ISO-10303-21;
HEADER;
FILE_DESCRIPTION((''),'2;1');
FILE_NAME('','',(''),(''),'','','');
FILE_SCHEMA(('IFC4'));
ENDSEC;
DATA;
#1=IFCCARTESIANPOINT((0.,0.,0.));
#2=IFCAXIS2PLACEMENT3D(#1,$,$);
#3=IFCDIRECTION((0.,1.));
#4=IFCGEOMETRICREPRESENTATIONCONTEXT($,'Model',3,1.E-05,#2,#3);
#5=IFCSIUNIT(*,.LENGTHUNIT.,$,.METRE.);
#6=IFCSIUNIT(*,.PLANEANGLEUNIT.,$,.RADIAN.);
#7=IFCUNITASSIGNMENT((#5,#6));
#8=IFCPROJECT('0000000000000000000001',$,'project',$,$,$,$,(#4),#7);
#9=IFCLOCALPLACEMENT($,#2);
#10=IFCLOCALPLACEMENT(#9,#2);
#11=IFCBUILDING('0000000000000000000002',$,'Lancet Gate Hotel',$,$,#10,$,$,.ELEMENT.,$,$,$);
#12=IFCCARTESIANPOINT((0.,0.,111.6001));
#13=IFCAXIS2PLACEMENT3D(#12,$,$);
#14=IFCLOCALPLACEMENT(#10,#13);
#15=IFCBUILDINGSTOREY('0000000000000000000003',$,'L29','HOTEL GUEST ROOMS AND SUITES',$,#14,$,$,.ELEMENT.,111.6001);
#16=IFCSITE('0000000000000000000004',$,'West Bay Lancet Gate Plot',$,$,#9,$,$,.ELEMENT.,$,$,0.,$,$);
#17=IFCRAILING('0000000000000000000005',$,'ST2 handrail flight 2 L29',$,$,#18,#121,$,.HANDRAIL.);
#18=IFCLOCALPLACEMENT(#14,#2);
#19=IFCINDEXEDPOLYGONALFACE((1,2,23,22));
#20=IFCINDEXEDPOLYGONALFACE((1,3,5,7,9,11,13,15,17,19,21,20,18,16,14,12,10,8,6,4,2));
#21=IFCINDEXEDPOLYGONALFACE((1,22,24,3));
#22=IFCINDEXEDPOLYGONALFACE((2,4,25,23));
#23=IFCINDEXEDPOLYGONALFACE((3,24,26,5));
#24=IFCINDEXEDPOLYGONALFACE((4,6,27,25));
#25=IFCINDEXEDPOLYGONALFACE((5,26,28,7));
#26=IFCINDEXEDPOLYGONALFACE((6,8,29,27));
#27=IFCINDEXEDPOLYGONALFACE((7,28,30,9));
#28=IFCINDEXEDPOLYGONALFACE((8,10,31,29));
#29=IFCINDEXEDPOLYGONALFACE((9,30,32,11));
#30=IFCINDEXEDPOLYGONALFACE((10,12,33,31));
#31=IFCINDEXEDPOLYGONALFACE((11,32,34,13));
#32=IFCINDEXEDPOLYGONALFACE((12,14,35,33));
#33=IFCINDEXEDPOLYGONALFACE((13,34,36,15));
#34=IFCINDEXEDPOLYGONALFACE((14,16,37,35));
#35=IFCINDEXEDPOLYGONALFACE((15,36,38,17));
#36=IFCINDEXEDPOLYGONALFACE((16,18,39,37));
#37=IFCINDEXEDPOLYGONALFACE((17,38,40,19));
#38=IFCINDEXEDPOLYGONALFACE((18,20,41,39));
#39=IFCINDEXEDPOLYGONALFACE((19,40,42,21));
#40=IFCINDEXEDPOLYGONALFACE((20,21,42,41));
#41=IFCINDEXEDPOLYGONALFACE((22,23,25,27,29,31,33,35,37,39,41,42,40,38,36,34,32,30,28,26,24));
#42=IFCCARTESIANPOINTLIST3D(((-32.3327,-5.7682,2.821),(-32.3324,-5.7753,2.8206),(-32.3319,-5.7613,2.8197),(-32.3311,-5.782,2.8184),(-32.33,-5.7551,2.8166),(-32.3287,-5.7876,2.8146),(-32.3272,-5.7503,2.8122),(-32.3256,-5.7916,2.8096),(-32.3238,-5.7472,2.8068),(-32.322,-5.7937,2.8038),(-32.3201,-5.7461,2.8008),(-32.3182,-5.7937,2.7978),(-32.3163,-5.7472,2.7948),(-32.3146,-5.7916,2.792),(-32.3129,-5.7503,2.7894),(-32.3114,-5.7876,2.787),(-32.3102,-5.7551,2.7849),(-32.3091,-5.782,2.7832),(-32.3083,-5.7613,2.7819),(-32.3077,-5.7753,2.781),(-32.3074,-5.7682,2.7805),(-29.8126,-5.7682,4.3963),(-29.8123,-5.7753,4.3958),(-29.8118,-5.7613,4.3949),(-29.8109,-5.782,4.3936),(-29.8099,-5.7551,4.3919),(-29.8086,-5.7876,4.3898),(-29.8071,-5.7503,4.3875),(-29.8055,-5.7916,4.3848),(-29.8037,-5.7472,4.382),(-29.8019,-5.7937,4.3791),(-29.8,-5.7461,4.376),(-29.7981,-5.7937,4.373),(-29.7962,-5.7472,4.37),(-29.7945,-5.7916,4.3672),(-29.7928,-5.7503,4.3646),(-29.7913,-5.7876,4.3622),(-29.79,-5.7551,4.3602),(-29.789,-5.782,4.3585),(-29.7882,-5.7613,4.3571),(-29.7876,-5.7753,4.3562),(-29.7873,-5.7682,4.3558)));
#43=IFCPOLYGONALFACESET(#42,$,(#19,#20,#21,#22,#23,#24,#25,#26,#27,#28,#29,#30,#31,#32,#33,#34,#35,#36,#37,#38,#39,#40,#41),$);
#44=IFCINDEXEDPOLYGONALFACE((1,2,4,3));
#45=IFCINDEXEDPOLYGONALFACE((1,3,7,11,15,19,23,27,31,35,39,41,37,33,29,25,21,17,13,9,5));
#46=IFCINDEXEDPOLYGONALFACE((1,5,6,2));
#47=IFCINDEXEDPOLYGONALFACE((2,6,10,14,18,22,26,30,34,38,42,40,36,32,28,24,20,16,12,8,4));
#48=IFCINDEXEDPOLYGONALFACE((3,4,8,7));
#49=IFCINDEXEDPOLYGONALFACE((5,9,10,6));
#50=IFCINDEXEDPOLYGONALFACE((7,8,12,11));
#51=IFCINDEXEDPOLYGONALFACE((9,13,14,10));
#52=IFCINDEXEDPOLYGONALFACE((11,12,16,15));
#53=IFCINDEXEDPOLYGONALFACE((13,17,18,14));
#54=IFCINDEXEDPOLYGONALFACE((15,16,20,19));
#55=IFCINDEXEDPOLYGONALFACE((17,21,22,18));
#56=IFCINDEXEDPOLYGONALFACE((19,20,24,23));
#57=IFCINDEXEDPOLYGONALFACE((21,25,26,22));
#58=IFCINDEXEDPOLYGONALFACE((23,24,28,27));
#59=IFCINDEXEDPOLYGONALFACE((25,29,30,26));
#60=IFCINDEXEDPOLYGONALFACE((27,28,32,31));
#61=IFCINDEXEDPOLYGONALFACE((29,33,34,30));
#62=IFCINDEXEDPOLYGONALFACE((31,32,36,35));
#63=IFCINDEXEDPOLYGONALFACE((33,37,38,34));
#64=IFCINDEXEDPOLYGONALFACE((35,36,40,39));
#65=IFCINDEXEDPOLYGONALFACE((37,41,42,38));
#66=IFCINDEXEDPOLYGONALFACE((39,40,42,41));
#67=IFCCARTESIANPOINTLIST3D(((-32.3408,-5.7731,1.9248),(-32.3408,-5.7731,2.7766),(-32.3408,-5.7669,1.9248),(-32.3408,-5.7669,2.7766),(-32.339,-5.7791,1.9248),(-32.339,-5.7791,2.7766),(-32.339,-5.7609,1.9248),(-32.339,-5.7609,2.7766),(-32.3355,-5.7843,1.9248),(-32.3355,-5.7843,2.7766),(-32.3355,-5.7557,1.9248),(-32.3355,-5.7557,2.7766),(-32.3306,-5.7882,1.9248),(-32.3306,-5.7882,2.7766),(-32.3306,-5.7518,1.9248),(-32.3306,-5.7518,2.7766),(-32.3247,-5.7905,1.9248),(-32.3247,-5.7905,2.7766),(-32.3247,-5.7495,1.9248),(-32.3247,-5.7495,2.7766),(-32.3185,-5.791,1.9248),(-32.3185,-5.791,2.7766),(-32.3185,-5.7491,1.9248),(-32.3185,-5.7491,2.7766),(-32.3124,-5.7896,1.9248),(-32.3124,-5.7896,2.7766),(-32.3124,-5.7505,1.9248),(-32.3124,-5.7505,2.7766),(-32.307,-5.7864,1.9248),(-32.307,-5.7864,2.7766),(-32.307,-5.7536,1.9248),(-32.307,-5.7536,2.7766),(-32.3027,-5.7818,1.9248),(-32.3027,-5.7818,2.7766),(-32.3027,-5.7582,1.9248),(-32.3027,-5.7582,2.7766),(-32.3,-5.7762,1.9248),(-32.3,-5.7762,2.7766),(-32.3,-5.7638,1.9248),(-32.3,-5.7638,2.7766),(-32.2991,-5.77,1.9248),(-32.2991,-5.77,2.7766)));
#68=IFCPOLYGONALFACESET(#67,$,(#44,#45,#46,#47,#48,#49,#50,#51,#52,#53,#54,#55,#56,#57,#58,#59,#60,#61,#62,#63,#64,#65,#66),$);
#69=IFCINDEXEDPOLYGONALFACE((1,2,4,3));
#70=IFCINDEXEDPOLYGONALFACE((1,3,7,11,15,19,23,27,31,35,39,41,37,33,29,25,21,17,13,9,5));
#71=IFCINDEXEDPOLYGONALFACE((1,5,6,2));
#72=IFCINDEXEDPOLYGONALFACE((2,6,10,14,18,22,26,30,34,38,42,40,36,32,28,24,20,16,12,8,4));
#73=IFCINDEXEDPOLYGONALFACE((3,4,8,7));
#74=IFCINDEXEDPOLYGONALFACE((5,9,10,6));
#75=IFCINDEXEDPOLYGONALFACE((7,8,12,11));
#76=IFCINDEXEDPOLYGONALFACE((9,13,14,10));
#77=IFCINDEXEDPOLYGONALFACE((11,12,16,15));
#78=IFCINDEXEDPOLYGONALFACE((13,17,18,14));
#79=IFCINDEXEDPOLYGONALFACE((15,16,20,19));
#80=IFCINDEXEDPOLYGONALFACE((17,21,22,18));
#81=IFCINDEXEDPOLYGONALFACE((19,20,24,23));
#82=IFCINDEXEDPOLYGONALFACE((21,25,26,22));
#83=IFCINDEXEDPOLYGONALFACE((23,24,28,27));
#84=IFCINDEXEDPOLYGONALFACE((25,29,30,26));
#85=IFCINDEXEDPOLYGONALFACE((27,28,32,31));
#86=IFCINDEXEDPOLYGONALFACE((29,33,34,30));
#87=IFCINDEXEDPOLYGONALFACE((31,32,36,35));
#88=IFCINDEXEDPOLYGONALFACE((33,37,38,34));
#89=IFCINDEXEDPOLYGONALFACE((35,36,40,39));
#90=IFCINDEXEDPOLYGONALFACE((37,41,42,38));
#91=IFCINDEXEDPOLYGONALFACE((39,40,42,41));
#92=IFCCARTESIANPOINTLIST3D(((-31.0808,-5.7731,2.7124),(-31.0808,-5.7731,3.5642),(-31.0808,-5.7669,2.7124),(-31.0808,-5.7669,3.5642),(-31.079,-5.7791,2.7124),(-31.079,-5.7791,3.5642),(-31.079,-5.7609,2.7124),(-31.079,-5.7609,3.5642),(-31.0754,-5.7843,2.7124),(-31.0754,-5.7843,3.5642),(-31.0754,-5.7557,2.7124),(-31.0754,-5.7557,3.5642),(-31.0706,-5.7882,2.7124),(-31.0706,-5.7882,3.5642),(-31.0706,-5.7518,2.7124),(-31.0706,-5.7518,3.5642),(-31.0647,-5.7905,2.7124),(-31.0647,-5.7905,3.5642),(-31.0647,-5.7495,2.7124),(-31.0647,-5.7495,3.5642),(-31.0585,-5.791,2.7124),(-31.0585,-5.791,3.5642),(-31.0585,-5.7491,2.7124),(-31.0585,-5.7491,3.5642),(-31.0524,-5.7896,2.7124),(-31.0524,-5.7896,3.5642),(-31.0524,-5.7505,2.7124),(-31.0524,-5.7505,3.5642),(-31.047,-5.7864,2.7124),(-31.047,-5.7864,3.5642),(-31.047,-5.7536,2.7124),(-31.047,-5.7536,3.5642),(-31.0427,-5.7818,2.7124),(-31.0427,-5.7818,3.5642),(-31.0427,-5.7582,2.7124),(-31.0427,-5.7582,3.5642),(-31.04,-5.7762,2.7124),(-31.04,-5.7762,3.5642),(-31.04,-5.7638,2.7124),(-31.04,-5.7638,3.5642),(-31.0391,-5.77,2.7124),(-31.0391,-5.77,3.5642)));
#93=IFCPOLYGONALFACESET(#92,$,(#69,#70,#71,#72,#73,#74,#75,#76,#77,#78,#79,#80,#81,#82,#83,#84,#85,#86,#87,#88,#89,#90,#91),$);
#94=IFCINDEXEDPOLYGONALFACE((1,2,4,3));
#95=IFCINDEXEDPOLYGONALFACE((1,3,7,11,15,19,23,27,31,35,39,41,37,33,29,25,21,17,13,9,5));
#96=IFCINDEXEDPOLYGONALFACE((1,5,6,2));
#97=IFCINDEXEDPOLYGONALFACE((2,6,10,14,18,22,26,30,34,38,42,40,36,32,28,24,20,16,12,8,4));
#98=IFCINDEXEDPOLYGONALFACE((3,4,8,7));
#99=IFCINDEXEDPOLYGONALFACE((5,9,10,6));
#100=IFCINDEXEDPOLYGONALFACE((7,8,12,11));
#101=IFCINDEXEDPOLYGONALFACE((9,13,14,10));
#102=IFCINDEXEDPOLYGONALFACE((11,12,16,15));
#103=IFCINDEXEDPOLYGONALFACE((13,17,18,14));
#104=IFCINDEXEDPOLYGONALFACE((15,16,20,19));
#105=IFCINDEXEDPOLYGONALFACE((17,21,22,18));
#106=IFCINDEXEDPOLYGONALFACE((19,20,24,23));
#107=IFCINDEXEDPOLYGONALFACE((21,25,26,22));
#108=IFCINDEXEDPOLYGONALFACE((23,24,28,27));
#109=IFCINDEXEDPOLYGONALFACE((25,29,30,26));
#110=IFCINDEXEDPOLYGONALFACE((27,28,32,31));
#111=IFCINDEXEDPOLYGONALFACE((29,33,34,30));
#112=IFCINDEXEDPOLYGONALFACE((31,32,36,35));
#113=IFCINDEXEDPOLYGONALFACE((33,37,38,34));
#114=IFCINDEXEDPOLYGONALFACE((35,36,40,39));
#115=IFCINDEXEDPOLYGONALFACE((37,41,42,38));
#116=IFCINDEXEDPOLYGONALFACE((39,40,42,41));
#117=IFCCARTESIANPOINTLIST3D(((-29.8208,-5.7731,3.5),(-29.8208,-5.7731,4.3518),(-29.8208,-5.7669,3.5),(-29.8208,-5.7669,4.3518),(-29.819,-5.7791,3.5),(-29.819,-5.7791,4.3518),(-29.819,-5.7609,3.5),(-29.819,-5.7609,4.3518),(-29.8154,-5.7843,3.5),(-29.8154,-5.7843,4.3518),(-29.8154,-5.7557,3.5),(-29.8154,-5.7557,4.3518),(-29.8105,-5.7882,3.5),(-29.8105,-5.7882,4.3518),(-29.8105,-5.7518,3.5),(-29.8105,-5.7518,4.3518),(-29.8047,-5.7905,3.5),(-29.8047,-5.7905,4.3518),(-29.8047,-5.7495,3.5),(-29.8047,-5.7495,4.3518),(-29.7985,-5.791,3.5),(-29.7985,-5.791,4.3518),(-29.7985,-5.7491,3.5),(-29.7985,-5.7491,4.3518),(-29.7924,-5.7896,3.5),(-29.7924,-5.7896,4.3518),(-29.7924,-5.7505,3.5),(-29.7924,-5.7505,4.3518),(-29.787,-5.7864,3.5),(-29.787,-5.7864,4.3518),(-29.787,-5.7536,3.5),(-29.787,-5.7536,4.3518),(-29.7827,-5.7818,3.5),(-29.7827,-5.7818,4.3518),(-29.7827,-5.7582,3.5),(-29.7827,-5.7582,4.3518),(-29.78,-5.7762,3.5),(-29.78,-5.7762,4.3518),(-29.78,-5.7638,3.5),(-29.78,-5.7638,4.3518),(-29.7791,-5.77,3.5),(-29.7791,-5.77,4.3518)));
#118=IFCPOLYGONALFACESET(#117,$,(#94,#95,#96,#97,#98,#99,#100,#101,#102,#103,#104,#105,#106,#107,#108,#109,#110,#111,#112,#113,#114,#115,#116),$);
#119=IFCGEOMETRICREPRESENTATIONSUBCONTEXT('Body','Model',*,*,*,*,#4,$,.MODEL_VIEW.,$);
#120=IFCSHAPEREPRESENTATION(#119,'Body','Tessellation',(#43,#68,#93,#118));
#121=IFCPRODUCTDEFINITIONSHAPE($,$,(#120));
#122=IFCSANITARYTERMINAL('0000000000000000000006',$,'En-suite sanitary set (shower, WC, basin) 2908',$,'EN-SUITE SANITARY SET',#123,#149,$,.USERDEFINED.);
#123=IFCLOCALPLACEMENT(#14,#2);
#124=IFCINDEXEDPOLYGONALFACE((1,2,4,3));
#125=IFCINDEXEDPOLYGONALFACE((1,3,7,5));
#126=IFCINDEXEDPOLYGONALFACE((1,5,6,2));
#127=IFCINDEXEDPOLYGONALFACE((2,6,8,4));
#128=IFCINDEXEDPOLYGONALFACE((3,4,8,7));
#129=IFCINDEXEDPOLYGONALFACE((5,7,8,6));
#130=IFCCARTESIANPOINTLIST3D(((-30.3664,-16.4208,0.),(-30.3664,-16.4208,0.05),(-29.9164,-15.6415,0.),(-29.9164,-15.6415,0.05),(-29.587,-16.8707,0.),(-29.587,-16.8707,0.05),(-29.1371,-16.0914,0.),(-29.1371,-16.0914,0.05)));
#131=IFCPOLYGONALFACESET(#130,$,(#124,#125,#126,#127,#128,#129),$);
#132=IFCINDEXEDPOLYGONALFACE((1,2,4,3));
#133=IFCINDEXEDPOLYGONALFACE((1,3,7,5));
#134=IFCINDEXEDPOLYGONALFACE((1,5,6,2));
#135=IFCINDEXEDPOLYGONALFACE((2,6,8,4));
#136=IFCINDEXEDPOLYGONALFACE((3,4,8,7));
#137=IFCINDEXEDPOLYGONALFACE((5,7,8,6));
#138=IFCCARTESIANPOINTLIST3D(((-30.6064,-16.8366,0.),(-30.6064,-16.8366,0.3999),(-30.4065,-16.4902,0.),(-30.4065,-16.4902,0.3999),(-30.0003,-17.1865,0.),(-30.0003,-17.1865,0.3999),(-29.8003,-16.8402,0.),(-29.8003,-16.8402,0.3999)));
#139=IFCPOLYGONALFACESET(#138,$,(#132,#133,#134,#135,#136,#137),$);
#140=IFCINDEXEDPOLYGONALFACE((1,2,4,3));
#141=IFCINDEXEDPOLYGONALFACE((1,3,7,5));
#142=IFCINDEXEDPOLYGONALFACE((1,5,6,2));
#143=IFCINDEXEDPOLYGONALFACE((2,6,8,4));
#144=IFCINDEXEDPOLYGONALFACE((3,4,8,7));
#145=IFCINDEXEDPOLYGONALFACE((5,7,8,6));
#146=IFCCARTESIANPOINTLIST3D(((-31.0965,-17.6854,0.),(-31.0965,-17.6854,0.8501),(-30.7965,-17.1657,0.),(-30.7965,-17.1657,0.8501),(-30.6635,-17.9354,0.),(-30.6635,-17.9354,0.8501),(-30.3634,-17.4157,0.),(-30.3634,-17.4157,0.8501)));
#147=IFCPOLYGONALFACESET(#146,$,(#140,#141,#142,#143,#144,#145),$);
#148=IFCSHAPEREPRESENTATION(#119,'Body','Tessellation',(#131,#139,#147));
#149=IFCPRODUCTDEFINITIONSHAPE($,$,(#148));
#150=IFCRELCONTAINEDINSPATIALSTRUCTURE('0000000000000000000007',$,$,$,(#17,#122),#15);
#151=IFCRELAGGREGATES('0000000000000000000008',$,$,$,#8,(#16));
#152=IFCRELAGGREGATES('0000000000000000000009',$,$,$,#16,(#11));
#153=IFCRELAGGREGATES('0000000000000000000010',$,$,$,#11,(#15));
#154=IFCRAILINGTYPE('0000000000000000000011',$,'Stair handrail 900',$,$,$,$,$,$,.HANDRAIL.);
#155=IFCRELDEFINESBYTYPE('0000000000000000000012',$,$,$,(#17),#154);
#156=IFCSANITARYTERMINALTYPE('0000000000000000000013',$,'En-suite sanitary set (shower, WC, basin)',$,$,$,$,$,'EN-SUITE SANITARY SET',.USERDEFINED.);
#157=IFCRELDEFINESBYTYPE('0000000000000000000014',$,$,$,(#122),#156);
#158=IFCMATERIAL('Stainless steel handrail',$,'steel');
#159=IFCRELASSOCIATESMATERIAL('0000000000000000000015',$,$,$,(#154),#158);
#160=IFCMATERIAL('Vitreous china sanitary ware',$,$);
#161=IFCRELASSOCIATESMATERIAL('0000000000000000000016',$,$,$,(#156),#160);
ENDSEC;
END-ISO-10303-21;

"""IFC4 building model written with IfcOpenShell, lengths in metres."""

from ifc_helpers import new_model, si_unit, direction, frame, origin, origin_2d, place, context, subcontext, project, spatial, rectangle, circle, extrude, material, type_object, element, save


model = new_model("IFC4")

# Units and contexts
model_context = context("Model", 3, precision=1e-05, world=origin(), true_north=direction((0.0, 1.0)))
body_context = subcontext(model_context, "Body", "Model", "MODEL_VIEW")
ifc_project = project(units=[si_unit("LENGTHUNIT", "METRE"), si_unit("PLANEANGLEUNIT", "RADIAN")], contexts=[model_context])

# Site, building, storey
site_placement = place(None, origin())
site = spatial("IfcSite", under=ifc_project, at=site_placement, Name="West Bay Lancet Gate Plot", CompositionType="ELEMENT", RefElevation=0.0)
building_placement = place(site_placement, origin())
building = spatial("IfcBuilding", under=site, at=building_placement, Name="Lancet Gate Hotel", CompositionType="ELEMENT")
storey_placement = place(building_placement, frame((0.0, 0.0, 111.6001)))
storey = spatial("IfcBuildingStorey", under=building, at=storey_placement, Name="L29", Description="HOTEL GUEST ROOMS AND SUITES", CompositionType="ELEMENT", Elevation=111.6001)

# Railing
ifc_material_1 = material(Name="Stainless steel handrail", Category="steel")
railing_type = type_object("IfcRailingType", Name="Stair handrail 900", PredefinedType="HANDRAIL", material=ifc_material_1)
railing_1_placement = place(storey_placement, frame((-32.3201, -5.77, 1.9248)))
element("IfcRailing", 1, at=railing_1_placement, inside=storey, type_object=railing_type, Name="ST2 handrail flight 2 L29", PredefinedType="HANDRAIL", context=body_context, shape_type="SweptSolid", body=[
    extrude(circle(Radius=0.0239, at=origin_2d()), frame((0.0, 0.0, 0.876), z_axis=(0.847971, 0.0, 0.530043), x_axis=(0.0, 1.0, 0.0)), (0.0, 0.0, 1.0), 2.9719),
    extrude(circle(Radius=0.021, at=origin_2d()), origin(), (0.0, 0.0, 1.0), 0.8518),
    extrude(circle(Radius=0.021, at=origin_2d()), frame((1.26, 0.0, 0.7876)), (0.0, 0.0, 1.0), 0.8518),
    extrude(circle(Radius=0.021, at=origin_2d()), frame((2.52, 0.0, 1.5752)), (0.0, 0.0, 1.0), 0.8518),
])

# Sanitary terminal
ifc_material_2 = material(Name="Vitreous china sanitary ware")
sanitary_terminal_type = type_object("IfcSanitaryTerminalType", Name="En-suite sanitary set (shower, WC, basin)", ElementType="EN-SUITE SANITARY SET", PredefinedType="USERDEFINED", material=ifc_material_2)
sanitary_terminal_placement = place(storey_placement, frame((-29.7517, -16.2561, 0.0), z_axis=(0.0, 0.0, 1.0), x_axis=(1.0, 0.0, 0.0)))
element("IfcSanitaryTerminal", 2, at=sanitary_terminal_placement, inside=storey, type_object=sanitary_terminal_type, Name="En-suite sanitary set (shower, WC, basin) 2908", ObjectType="EN-SUITE SANITARY SET", PredefinedType="USERDEFINED", context=body_context, shape_type="SweptSolid", body=[
    extrude(rectangle(XDim=0.8999, YDim=0.8999, at=origin_2d()), frame((0.0, 0.0, 0.0), z_axis=(0.0, 0.0, 1.0), x_axis=(0.5, 0.866025, 0.0)), (0.0, 0.0, 1.0), 0.05),
    extrude(rectangle(XDim=0.3999, YDim=0.7, at=origin_2d()), frame((-0.4517, -0.5823, 0.0), z_axis=(0.0, 0.0, 1.0), x_axis=(0.5, 0.866025, 0.0)), (0.0, 0.0, 1.0), 0.3999),
    extrude(rectangle(XDim=0.6001, YDim=0.5, at=origin_2d()), frame((-0.9783, -1.2944, 0.0), z_axis=(0.0, 0.0, 1.0), x_axis=(0.5, 0.866025, 0.0)), (0.0, 0.0, 1.0), 0.8501),
])

save(model, "model.ifc")
